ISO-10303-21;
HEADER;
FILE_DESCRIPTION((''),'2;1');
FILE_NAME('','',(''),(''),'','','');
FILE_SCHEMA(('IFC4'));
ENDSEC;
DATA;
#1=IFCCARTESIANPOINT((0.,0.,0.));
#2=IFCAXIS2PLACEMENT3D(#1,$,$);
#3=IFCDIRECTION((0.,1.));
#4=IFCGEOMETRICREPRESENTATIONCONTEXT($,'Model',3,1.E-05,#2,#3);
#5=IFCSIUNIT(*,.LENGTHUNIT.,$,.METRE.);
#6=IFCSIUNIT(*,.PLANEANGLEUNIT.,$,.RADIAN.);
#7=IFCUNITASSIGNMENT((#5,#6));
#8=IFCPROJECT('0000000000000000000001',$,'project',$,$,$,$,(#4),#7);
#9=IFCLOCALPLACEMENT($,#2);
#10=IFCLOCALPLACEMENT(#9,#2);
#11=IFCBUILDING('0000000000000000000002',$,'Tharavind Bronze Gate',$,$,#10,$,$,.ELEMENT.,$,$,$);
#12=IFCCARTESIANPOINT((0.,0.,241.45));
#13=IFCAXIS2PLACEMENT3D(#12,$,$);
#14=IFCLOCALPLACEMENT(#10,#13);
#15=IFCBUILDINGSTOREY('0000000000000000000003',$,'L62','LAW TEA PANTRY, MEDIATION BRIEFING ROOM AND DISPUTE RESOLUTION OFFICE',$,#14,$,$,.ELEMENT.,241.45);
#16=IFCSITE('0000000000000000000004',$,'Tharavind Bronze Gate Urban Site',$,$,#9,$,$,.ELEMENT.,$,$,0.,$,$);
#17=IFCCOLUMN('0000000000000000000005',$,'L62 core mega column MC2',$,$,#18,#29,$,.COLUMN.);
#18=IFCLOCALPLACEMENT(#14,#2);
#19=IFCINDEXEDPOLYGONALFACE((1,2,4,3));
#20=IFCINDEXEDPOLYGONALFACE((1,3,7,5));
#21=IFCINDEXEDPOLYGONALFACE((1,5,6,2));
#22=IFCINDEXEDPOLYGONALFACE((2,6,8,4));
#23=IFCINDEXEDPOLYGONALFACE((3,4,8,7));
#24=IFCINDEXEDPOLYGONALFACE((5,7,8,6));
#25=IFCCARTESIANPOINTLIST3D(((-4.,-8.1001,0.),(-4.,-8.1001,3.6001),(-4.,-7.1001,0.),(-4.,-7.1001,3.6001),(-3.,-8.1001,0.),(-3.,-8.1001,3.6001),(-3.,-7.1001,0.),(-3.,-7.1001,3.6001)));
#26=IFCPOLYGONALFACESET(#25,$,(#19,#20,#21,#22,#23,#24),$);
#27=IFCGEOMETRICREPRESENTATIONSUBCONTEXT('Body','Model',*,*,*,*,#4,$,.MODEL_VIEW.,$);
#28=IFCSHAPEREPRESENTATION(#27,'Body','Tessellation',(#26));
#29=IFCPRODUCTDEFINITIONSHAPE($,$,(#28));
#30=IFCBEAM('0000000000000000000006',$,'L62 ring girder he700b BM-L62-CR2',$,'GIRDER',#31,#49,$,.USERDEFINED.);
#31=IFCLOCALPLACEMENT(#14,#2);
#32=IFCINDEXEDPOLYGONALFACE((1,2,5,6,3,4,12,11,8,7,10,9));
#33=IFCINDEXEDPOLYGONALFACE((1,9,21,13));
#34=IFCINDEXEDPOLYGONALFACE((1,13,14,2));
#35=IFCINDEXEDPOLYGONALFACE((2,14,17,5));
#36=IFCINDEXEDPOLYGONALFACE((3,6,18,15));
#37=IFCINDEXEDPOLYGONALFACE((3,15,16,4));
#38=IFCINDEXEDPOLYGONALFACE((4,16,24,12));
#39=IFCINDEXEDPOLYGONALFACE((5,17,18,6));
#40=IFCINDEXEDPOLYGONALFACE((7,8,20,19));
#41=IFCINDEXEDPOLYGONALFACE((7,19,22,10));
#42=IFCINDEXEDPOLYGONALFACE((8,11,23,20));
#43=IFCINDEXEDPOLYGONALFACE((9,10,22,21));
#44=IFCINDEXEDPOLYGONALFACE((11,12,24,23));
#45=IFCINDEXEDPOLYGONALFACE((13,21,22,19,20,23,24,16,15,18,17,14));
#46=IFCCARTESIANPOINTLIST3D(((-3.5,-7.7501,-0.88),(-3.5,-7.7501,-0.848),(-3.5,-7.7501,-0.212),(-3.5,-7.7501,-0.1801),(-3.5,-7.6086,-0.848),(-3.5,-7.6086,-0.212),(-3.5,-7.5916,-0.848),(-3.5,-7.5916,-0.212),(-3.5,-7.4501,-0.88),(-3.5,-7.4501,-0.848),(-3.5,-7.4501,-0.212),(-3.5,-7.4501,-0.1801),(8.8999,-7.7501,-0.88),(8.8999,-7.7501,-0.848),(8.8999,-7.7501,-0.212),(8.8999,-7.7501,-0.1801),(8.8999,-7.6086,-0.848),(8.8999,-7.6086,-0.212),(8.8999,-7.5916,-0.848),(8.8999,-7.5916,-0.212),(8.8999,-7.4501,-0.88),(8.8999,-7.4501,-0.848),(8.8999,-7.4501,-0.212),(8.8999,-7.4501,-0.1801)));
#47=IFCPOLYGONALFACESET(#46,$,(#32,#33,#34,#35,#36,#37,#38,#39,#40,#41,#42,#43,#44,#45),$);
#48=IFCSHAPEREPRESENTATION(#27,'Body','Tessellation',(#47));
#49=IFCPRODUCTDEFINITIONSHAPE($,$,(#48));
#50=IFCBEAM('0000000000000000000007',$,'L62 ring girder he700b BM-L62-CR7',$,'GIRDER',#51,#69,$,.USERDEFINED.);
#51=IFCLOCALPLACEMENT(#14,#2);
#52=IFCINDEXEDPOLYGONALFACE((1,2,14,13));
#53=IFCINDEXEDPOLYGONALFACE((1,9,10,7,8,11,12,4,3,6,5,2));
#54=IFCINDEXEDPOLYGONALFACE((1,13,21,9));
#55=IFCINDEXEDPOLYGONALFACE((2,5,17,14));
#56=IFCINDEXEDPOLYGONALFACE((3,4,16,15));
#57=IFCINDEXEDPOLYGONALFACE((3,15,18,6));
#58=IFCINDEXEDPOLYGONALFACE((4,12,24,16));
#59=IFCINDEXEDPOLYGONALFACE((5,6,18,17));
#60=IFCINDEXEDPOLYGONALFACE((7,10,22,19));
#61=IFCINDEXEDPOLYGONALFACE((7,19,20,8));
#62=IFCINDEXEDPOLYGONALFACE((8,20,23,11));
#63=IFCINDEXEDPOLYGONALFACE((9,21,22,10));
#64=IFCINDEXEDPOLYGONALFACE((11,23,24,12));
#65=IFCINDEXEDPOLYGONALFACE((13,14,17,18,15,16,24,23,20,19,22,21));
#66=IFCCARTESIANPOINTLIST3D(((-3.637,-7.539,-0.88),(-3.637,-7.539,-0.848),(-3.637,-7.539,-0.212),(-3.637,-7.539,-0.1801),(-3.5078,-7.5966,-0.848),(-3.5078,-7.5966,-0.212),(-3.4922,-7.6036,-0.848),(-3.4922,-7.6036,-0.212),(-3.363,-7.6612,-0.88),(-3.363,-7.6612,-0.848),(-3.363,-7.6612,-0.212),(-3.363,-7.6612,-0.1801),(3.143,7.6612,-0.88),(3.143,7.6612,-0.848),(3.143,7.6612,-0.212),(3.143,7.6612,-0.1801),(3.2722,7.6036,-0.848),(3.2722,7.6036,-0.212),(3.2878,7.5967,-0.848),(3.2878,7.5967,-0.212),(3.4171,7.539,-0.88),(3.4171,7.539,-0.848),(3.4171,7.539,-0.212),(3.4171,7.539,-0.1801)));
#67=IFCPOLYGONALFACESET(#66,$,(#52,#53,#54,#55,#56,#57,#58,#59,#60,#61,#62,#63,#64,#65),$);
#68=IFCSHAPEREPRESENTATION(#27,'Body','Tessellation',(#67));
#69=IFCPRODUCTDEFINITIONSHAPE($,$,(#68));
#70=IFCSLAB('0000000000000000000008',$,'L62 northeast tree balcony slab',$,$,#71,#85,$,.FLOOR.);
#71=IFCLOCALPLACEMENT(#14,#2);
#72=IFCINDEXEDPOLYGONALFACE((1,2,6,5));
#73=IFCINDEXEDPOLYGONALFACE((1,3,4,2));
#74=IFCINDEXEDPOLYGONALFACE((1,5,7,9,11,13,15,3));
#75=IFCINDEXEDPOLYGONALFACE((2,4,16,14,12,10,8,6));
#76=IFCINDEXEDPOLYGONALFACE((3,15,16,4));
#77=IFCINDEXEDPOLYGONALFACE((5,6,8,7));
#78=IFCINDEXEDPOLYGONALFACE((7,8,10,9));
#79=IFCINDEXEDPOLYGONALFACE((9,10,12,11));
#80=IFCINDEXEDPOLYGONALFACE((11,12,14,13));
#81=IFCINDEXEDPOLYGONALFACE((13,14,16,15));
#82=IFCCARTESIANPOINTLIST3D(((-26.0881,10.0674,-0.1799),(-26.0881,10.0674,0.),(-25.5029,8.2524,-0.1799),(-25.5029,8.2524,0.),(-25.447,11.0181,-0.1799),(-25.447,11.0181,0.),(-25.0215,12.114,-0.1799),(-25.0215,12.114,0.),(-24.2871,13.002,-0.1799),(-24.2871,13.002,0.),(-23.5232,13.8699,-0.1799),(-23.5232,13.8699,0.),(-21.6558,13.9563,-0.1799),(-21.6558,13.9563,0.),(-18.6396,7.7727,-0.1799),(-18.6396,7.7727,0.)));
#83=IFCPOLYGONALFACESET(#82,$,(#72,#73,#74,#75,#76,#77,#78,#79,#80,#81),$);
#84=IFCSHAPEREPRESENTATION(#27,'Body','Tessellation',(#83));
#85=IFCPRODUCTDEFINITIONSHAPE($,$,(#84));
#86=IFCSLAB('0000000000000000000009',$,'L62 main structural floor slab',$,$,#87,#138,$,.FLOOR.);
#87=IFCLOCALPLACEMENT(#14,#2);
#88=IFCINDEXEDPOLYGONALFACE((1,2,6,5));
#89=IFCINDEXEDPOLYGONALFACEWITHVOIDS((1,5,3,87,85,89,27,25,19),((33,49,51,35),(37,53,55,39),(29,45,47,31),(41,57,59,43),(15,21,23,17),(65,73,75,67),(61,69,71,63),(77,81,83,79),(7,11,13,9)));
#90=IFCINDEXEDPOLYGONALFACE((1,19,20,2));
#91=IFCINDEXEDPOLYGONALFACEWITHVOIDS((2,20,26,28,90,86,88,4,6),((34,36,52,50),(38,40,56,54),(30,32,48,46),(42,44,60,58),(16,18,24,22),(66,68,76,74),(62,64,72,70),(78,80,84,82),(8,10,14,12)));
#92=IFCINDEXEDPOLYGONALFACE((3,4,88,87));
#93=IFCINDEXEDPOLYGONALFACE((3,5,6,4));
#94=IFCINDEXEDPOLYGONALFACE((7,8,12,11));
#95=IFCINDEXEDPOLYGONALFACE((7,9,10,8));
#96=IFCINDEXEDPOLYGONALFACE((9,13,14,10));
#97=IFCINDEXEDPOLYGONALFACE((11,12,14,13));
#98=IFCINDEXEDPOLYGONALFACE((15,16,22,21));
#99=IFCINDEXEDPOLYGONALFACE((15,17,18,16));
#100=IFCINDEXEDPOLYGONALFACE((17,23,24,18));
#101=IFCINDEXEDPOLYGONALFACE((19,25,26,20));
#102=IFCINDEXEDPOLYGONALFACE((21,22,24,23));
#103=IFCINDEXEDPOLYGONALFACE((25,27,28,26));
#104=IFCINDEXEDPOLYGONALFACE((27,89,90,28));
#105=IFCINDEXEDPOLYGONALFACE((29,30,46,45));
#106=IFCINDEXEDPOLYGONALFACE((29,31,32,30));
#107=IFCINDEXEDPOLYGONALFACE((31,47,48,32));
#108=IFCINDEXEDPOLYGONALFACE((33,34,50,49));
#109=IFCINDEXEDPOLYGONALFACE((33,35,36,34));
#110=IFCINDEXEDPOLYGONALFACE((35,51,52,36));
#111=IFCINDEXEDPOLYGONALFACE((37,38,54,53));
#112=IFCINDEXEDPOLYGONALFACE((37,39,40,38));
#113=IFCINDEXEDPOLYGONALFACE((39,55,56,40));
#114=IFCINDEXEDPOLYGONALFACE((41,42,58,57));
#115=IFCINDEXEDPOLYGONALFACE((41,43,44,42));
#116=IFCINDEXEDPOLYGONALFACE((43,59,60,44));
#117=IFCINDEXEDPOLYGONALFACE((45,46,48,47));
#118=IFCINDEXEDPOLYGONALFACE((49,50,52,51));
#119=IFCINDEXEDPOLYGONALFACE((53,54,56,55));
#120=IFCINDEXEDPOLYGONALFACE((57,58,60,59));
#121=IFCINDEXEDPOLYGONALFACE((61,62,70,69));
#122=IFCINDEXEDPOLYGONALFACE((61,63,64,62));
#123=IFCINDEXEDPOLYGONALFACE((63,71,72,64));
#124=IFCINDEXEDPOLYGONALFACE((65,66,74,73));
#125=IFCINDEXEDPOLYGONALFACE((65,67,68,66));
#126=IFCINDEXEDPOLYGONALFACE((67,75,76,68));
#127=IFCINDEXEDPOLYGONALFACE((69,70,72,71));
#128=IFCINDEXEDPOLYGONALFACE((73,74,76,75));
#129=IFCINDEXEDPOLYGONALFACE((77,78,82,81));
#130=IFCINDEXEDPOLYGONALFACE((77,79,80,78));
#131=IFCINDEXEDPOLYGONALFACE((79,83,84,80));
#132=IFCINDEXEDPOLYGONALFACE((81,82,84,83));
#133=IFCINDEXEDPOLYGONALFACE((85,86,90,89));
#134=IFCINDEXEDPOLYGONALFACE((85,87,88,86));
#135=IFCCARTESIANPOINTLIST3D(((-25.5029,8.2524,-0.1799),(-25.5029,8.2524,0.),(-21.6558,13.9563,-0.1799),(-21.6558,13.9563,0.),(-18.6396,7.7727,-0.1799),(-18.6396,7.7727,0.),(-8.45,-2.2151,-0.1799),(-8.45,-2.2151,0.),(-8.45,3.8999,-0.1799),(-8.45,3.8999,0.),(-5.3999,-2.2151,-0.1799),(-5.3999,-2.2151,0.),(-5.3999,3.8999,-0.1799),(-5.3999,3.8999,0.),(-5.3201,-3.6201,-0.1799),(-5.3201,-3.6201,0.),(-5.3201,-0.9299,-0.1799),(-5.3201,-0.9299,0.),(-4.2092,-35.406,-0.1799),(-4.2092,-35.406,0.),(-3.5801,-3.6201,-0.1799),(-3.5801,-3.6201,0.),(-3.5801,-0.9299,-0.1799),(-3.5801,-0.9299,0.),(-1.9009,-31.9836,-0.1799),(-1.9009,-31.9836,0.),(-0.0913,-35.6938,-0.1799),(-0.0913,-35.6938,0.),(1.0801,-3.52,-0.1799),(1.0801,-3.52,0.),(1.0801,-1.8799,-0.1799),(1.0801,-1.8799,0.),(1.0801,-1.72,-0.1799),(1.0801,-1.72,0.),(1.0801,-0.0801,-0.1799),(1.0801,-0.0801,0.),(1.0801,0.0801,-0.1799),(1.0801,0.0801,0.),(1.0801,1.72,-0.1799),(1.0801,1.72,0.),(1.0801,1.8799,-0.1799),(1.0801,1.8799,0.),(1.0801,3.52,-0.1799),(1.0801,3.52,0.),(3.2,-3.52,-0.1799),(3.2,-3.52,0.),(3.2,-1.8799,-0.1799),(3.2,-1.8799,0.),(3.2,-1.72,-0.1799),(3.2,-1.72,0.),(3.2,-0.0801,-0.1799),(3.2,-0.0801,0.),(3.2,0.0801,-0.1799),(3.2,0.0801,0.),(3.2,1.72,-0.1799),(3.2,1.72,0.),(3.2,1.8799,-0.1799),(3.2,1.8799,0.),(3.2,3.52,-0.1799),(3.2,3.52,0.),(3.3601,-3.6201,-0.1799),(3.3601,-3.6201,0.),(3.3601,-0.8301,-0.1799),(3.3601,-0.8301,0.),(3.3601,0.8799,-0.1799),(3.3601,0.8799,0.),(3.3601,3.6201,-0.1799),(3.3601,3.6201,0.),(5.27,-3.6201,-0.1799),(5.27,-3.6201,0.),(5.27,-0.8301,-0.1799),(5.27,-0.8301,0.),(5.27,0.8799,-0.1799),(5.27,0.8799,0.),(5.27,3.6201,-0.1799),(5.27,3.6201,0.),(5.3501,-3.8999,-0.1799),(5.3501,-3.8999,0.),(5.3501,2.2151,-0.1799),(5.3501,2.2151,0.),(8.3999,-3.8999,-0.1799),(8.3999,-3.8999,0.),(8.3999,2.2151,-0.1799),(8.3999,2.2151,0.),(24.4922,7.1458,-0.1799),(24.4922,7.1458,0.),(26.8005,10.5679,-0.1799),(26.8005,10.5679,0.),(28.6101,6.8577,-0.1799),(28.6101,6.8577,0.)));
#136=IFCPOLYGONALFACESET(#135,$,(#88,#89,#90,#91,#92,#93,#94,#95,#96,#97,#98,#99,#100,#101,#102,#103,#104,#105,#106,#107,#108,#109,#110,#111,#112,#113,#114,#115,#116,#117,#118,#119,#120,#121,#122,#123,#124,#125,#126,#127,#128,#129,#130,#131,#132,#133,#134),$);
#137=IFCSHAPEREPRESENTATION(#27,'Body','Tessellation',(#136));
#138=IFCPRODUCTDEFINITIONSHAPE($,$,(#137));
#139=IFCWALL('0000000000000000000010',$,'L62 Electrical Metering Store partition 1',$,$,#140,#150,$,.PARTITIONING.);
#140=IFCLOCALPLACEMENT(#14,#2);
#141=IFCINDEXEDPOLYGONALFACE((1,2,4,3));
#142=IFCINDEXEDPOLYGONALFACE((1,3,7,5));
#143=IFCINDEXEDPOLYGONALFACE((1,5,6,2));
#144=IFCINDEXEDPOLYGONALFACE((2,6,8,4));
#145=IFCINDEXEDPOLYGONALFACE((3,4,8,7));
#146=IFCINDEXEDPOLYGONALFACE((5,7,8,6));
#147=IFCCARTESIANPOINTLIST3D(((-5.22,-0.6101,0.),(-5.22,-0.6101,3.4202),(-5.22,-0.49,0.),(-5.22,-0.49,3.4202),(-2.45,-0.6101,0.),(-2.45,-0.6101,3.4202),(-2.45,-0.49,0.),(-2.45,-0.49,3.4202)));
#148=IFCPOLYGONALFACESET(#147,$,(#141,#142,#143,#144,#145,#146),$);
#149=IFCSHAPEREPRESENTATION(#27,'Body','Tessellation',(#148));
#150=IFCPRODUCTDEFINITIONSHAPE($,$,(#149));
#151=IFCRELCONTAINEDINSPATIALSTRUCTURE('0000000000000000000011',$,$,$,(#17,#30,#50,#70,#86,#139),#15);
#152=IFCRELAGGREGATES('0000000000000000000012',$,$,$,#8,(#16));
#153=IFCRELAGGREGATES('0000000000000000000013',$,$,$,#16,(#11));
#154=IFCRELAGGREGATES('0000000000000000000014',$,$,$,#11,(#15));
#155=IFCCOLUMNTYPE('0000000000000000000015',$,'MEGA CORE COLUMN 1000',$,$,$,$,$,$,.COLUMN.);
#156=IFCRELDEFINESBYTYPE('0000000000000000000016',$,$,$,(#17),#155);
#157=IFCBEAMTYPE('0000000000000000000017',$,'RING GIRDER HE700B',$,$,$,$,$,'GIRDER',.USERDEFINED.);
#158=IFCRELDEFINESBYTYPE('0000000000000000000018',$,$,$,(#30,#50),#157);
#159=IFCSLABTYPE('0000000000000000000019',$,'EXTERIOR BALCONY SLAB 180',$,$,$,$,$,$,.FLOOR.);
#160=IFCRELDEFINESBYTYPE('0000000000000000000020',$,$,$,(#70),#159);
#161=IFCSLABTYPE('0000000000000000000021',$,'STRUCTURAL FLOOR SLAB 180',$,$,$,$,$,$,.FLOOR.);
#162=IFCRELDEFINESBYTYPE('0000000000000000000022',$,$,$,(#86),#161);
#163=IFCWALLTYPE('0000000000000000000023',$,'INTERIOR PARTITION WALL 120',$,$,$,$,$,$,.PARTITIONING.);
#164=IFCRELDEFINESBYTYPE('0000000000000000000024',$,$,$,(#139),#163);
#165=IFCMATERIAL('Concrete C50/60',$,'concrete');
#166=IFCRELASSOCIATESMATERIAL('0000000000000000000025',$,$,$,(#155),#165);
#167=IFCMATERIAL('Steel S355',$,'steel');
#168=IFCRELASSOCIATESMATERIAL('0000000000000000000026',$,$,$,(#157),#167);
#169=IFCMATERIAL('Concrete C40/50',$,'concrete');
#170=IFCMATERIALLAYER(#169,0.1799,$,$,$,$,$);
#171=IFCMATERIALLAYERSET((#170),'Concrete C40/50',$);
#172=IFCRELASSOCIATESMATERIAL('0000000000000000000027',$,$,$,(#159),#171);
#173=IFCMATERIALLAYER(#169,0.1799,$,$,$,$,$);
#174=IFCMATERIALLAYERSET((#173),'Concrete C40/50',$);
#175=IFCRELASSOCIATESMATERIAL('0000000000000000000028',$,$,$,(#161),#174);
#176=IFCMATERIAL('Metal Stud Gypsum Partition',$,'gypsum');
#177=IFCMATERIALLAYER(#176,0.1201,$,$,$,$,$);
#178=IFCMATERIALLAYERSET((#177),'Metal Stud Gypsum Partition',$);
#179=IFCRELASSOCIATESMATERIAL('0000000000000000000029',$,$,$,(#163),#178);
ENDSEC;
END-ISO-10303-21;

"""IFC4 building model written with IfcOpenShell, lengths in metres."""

from ifc_helpers import new_model, si_unit, direction, frame, frame_2d, origin, origin_2d, place, context, subcontext, project, spatial, polyline, rectangle, i_section, outline, extrude, material, layer, layer_set, material_profile, profile_set, type_object, element, save


model = new_model("IFC4")

# Units and contexts
model_context = context("Model", 3, precision=1e-05, world=origin(), true_north=direction((0.0, 1.0)))
body_context = subcontext(model_context, "Body", "Model", "MODEL_VIEW")
ifc_project = project(units=[si_unit("LENGTHUNIT", "METRE"), si_unit("PLANEANGLEUNIT", "RADIAN")], contexts=[model_context])

# Site, building, storey
site_placement = place(None, origin())
site = spatial("IfcSite", under=ifc_project, at=site_placement, Name="Tharavind Bronze Gate Urban Site", CompositionType="ELEMENT", RefElevation=0.0)
building_placement = place(site_placement, origin())
building = spatial("IfcBuilding", under=site, at=building_placement, Name="Tharavind Bronze Gate", CompositionType="ELEMENT")
storey_placement = place(building_placement, frame((0.0, 0.0, 241.45)))
storey = spatial("IfcBuildingStorey", under=building, at=storey_placement, Name="L62", Description="LAW TEA PANTRY, MEDIATION BRIEFING ROOM AND DISPUTE RESOLUTION OFFICE", CompositionType="ELEMENT", Elevation=241.45)

# Column
ifc_material_1 = material(Name="Concrete C50/60", Category="concrete")
ifc_material_profile_1 = material_profile(ifc_material_1, rectangle(XDim=1.0, YDim=1.0, at=origin_2d()), Name="RCCOL1000")
ifc_profile_set_1 = profile_set([ifc_material_profile_1], Name="Concrete C50/60")
column_type = type_object("IfcColumnType", Name="MEGA CORE COLUMN 1000", PredefinedType="COLUMN", material=ifc_profile_set_1)
column_placement = place(storey_placement, frame((-3.5, -7.6001, 0.0), z_axis=(0.0, 0.0, 1.0), x_axis=(1.0, 0.0, 0.0)))
element("IfcColumn", 1, at=column_placement, inside=storey, type_object=column_type, Name="L62 core mega column MC2", PredefinedType="COLUMN", context=body_context, shape_type="SweptSolid", body=[
    extrude(rectangle(XDim=1.0, YDim=1.0, at=origin_2d()), origin(), (0.0, 0.0, 1.0), 3.6001),
])

# Beams
ifc_material_2 = material(Name="Steel S355", Category="steel")
ifc_material_profile_2 = material_profile(ifc_material_2, i_section(OverallWidth=0.3, OverallDepth=0.7, WebThickness=0.0171, FlangeThickness=0.032, at=origin_2d()), Name="HE700B")
ifc_profile_set_2 = profile_set([ifc_material_profile_2], Name="Steel S355")
beam_type = type_object("IfcBeamType", Name="RING GIRDER HE700B", ElementType="GIRDER", PredefinedType="USERDEFINED", material=ifc_profile_set_2)
beam_1_placement = place(storey_placement, frame((-3.5, -7.6001, -0.53), z_axis=(1.0, 0.0, 0.0), x_axis=(0.0, 1.0, 0.0)))
element("IfcBeam", 2, at=beam_1_placement, inside=storey, type_object=beam_type, Name="L62 ring girder he700b BM-L62-CR2", ObjectType="GIRDER", PredefinedType="USERDEFINED", context=body_context, shape_type="SweptSolid", body=[
    extrude(i_section(OverallWidth=0.3, OverallDepth=0.7, WebThickness=0.0171, FlangeThickness=0.032, at=origin_2d()), origin(), (0.0, 0.0, 1.0), 12.3999),
])
beam_2_placement = place(storey_placement, frame((-3.5, -7.6001, -0.53), z_axis=(0.407362, 0.913267, 0.0), x_axis=(-0.913267, 0.407362, 0.0)))
element("IfcBeam", 3, at=beam_2_placement, inside=storey, type_object=beam_type, Name="L62 ring girder he700b BM-L62-CR7", ObjectType="GIRDER", PredefinedType="USERDEFINED", context=body_context, shape_type="SweptSolid", body=[
    extrude(i_section(OverallWidth=0.3, OverallDepth=0.7, WebThickness=0.0171, FlangeThickness=0.032, at=origin_2d()), origin(), (0.0, 0.0, 1.0), 16.6438),
])

# Slabs
ifc_material_3 = material(Name="Concrete C40/50", Category="concrete")
ifc_layer_1 = layer(ifc_material_3, 0.1799)
ifc_layer_set_1 = layer_set([ifc_layer_1], Name="Concrete C40/50")
slab_type_1 = type_object("IfcSlabType", Name="EXTERIOR BALCONY SLAB 180", PredefinedType="FLOOR", material=ifc_layer_set_1)
slab_1_placement = place(storey_placement, frame((0.0, 0.0, -0.1799)))
element("IfcSlab", 4, at=slab_1_placement, inside=storey, type_object=slab_type_1, Name="L62 northeast tree balcony slab", PredefinedType="FLOOR", context=body_context, shape_type="SweptSolid", body=[
    extrude(outline(polyline([(-23.5232, 13.8699), (-24.2871, 13.002), (-25.0215, 12.114), (-25.447, 11.0181), (-26.0881, 10.0674), (-25.5029, 8.2524), (-18.6396, 7.7727), (-21.6558, 13.9563), (-23.5232, 13.8699)])), origin(), (0.0, 0.0, 1.0), 0.1799),
])
ifc_layer_2 = layer(ifc_material_3, 0.1799)
ifc_layer_set_2 = layer_set([ifc_layer_2], Name="Concrete C40/50")
slab_type_2 = type_object("IfcSlabType", Name="STRUCTURAL FLOOR SLAB 180", PredefinedType="FLOOR", material=ifc_layer_set_2)
slab_2_placement = place(storey_placement, frame((0.0, 0.0, -0.1799)))
element("IfcSlab", 5, at=slab_2_placement, inside=storey, type_object=slab_type_2, Name="L62 main structural floor slab", PredefinedType="FLOOR", context=body_context, shape_type="SweptSolid", body=[
    extrude(outline(polyline([(-21.6558, 13.9563), (-18.6396, 7.7727), (-25.5029, 8.2524), (-4.2092, -35.406), (-1.9009, -31.9836), (-0.0913, -35.6938), (28.6101, 6.8577), (24.4922, 7.1458), (26.8005, 10.5679), (-21.6558, 13.9563)]), holes=[polyline([(-5.3999, -2.2151), (-5.3999, 3.8999), (-8.45, 3.8999), (-8.45, -2.2151), (-5.3999, -2.2151)]), polyline([(5.3501, 2.2151), (5.3501, -3.8999), (8.3999, -3.8999), (8.3999, 2.2151), (5.3501, 2.2151)]), polyline([(1.0801, -3.52), (3.2, -3.52), (3.2, -1.8799), (1.0801, -1.8799), (1.0801, -3.52)]), polyline([(1.0801, -1.72), (3.2, -1.72), (3.2, -0.0801), (1.0801, -0.0801), (1.0801, -1.72)]), polyline([(1.0801, 0.0801), (3.2, 0.0801), (3.2, 1.72), (1.0801, 1.72), (1.0801, 0.0801)]), polyline([(1.0801, 1.8799), (3.2, 1.8799), (3.2, 3.52), (1.0801, 3.52), (1.0801, 1.8799)]), polyline([(-5.3201, -3.6201), (-3.5801, -3.6201), (-3.5801, -0.9299), (-5.3201, -0.9299), (-5.3201, -3.6201)]), polyline([(3.3601, 0.8799), (5.27, 0.8799), (5.27, 3.6201), (3.3601, 3.6201), (3.3601, 0.8799)]), polyline([(3.3601, -3.6201), (5.27, -3.6201), (5.27, -0.8301), (3.3601, -0.8301), (3.3601, -3.6201)])]), origin(), (0.0, 0.0, 1.0), 0.1799),
])

# Wall
ifc_material_4 = material(Name="Metal Stud Gypsum Partition", Category="gypsum")
ifc_layer_3 = layer(ifc_material_4, 0.1201)
ifc_layer_set_3 = layer_set([ifc_layer_3], Name="Metal Stud Gypsum Partition")
wall_type_1 = type_object("IfcWallType", Name="INTERIOR PARTITION WALL 120", PredefinedType="PARTITIONING", material=ifc_layer_set_3)
wall_1_placement = place(storey_placement, frame((-5.22, -0.55, 0.0), z_axis=(0.0, 0.0, 1.0), x_axis=(1.0, 0.0, 0.0)))
element("IfcWall", 6, at=wall_1_placement, inside=storey, type_object=wall_type_1, Name="L62 Electrical Metering Store partition 1", PredefinedType="PARTITIONING", context=body_context, shape_type="SweptSolid", body=[
    extrude(rectangle(XDim=2.77, YDim=0.1201, at=frame_2d((1.385, 0.0))), origin(), (0.0, 0.0, 1.0), 3.4202),
])

save(model, "model.ifc")
